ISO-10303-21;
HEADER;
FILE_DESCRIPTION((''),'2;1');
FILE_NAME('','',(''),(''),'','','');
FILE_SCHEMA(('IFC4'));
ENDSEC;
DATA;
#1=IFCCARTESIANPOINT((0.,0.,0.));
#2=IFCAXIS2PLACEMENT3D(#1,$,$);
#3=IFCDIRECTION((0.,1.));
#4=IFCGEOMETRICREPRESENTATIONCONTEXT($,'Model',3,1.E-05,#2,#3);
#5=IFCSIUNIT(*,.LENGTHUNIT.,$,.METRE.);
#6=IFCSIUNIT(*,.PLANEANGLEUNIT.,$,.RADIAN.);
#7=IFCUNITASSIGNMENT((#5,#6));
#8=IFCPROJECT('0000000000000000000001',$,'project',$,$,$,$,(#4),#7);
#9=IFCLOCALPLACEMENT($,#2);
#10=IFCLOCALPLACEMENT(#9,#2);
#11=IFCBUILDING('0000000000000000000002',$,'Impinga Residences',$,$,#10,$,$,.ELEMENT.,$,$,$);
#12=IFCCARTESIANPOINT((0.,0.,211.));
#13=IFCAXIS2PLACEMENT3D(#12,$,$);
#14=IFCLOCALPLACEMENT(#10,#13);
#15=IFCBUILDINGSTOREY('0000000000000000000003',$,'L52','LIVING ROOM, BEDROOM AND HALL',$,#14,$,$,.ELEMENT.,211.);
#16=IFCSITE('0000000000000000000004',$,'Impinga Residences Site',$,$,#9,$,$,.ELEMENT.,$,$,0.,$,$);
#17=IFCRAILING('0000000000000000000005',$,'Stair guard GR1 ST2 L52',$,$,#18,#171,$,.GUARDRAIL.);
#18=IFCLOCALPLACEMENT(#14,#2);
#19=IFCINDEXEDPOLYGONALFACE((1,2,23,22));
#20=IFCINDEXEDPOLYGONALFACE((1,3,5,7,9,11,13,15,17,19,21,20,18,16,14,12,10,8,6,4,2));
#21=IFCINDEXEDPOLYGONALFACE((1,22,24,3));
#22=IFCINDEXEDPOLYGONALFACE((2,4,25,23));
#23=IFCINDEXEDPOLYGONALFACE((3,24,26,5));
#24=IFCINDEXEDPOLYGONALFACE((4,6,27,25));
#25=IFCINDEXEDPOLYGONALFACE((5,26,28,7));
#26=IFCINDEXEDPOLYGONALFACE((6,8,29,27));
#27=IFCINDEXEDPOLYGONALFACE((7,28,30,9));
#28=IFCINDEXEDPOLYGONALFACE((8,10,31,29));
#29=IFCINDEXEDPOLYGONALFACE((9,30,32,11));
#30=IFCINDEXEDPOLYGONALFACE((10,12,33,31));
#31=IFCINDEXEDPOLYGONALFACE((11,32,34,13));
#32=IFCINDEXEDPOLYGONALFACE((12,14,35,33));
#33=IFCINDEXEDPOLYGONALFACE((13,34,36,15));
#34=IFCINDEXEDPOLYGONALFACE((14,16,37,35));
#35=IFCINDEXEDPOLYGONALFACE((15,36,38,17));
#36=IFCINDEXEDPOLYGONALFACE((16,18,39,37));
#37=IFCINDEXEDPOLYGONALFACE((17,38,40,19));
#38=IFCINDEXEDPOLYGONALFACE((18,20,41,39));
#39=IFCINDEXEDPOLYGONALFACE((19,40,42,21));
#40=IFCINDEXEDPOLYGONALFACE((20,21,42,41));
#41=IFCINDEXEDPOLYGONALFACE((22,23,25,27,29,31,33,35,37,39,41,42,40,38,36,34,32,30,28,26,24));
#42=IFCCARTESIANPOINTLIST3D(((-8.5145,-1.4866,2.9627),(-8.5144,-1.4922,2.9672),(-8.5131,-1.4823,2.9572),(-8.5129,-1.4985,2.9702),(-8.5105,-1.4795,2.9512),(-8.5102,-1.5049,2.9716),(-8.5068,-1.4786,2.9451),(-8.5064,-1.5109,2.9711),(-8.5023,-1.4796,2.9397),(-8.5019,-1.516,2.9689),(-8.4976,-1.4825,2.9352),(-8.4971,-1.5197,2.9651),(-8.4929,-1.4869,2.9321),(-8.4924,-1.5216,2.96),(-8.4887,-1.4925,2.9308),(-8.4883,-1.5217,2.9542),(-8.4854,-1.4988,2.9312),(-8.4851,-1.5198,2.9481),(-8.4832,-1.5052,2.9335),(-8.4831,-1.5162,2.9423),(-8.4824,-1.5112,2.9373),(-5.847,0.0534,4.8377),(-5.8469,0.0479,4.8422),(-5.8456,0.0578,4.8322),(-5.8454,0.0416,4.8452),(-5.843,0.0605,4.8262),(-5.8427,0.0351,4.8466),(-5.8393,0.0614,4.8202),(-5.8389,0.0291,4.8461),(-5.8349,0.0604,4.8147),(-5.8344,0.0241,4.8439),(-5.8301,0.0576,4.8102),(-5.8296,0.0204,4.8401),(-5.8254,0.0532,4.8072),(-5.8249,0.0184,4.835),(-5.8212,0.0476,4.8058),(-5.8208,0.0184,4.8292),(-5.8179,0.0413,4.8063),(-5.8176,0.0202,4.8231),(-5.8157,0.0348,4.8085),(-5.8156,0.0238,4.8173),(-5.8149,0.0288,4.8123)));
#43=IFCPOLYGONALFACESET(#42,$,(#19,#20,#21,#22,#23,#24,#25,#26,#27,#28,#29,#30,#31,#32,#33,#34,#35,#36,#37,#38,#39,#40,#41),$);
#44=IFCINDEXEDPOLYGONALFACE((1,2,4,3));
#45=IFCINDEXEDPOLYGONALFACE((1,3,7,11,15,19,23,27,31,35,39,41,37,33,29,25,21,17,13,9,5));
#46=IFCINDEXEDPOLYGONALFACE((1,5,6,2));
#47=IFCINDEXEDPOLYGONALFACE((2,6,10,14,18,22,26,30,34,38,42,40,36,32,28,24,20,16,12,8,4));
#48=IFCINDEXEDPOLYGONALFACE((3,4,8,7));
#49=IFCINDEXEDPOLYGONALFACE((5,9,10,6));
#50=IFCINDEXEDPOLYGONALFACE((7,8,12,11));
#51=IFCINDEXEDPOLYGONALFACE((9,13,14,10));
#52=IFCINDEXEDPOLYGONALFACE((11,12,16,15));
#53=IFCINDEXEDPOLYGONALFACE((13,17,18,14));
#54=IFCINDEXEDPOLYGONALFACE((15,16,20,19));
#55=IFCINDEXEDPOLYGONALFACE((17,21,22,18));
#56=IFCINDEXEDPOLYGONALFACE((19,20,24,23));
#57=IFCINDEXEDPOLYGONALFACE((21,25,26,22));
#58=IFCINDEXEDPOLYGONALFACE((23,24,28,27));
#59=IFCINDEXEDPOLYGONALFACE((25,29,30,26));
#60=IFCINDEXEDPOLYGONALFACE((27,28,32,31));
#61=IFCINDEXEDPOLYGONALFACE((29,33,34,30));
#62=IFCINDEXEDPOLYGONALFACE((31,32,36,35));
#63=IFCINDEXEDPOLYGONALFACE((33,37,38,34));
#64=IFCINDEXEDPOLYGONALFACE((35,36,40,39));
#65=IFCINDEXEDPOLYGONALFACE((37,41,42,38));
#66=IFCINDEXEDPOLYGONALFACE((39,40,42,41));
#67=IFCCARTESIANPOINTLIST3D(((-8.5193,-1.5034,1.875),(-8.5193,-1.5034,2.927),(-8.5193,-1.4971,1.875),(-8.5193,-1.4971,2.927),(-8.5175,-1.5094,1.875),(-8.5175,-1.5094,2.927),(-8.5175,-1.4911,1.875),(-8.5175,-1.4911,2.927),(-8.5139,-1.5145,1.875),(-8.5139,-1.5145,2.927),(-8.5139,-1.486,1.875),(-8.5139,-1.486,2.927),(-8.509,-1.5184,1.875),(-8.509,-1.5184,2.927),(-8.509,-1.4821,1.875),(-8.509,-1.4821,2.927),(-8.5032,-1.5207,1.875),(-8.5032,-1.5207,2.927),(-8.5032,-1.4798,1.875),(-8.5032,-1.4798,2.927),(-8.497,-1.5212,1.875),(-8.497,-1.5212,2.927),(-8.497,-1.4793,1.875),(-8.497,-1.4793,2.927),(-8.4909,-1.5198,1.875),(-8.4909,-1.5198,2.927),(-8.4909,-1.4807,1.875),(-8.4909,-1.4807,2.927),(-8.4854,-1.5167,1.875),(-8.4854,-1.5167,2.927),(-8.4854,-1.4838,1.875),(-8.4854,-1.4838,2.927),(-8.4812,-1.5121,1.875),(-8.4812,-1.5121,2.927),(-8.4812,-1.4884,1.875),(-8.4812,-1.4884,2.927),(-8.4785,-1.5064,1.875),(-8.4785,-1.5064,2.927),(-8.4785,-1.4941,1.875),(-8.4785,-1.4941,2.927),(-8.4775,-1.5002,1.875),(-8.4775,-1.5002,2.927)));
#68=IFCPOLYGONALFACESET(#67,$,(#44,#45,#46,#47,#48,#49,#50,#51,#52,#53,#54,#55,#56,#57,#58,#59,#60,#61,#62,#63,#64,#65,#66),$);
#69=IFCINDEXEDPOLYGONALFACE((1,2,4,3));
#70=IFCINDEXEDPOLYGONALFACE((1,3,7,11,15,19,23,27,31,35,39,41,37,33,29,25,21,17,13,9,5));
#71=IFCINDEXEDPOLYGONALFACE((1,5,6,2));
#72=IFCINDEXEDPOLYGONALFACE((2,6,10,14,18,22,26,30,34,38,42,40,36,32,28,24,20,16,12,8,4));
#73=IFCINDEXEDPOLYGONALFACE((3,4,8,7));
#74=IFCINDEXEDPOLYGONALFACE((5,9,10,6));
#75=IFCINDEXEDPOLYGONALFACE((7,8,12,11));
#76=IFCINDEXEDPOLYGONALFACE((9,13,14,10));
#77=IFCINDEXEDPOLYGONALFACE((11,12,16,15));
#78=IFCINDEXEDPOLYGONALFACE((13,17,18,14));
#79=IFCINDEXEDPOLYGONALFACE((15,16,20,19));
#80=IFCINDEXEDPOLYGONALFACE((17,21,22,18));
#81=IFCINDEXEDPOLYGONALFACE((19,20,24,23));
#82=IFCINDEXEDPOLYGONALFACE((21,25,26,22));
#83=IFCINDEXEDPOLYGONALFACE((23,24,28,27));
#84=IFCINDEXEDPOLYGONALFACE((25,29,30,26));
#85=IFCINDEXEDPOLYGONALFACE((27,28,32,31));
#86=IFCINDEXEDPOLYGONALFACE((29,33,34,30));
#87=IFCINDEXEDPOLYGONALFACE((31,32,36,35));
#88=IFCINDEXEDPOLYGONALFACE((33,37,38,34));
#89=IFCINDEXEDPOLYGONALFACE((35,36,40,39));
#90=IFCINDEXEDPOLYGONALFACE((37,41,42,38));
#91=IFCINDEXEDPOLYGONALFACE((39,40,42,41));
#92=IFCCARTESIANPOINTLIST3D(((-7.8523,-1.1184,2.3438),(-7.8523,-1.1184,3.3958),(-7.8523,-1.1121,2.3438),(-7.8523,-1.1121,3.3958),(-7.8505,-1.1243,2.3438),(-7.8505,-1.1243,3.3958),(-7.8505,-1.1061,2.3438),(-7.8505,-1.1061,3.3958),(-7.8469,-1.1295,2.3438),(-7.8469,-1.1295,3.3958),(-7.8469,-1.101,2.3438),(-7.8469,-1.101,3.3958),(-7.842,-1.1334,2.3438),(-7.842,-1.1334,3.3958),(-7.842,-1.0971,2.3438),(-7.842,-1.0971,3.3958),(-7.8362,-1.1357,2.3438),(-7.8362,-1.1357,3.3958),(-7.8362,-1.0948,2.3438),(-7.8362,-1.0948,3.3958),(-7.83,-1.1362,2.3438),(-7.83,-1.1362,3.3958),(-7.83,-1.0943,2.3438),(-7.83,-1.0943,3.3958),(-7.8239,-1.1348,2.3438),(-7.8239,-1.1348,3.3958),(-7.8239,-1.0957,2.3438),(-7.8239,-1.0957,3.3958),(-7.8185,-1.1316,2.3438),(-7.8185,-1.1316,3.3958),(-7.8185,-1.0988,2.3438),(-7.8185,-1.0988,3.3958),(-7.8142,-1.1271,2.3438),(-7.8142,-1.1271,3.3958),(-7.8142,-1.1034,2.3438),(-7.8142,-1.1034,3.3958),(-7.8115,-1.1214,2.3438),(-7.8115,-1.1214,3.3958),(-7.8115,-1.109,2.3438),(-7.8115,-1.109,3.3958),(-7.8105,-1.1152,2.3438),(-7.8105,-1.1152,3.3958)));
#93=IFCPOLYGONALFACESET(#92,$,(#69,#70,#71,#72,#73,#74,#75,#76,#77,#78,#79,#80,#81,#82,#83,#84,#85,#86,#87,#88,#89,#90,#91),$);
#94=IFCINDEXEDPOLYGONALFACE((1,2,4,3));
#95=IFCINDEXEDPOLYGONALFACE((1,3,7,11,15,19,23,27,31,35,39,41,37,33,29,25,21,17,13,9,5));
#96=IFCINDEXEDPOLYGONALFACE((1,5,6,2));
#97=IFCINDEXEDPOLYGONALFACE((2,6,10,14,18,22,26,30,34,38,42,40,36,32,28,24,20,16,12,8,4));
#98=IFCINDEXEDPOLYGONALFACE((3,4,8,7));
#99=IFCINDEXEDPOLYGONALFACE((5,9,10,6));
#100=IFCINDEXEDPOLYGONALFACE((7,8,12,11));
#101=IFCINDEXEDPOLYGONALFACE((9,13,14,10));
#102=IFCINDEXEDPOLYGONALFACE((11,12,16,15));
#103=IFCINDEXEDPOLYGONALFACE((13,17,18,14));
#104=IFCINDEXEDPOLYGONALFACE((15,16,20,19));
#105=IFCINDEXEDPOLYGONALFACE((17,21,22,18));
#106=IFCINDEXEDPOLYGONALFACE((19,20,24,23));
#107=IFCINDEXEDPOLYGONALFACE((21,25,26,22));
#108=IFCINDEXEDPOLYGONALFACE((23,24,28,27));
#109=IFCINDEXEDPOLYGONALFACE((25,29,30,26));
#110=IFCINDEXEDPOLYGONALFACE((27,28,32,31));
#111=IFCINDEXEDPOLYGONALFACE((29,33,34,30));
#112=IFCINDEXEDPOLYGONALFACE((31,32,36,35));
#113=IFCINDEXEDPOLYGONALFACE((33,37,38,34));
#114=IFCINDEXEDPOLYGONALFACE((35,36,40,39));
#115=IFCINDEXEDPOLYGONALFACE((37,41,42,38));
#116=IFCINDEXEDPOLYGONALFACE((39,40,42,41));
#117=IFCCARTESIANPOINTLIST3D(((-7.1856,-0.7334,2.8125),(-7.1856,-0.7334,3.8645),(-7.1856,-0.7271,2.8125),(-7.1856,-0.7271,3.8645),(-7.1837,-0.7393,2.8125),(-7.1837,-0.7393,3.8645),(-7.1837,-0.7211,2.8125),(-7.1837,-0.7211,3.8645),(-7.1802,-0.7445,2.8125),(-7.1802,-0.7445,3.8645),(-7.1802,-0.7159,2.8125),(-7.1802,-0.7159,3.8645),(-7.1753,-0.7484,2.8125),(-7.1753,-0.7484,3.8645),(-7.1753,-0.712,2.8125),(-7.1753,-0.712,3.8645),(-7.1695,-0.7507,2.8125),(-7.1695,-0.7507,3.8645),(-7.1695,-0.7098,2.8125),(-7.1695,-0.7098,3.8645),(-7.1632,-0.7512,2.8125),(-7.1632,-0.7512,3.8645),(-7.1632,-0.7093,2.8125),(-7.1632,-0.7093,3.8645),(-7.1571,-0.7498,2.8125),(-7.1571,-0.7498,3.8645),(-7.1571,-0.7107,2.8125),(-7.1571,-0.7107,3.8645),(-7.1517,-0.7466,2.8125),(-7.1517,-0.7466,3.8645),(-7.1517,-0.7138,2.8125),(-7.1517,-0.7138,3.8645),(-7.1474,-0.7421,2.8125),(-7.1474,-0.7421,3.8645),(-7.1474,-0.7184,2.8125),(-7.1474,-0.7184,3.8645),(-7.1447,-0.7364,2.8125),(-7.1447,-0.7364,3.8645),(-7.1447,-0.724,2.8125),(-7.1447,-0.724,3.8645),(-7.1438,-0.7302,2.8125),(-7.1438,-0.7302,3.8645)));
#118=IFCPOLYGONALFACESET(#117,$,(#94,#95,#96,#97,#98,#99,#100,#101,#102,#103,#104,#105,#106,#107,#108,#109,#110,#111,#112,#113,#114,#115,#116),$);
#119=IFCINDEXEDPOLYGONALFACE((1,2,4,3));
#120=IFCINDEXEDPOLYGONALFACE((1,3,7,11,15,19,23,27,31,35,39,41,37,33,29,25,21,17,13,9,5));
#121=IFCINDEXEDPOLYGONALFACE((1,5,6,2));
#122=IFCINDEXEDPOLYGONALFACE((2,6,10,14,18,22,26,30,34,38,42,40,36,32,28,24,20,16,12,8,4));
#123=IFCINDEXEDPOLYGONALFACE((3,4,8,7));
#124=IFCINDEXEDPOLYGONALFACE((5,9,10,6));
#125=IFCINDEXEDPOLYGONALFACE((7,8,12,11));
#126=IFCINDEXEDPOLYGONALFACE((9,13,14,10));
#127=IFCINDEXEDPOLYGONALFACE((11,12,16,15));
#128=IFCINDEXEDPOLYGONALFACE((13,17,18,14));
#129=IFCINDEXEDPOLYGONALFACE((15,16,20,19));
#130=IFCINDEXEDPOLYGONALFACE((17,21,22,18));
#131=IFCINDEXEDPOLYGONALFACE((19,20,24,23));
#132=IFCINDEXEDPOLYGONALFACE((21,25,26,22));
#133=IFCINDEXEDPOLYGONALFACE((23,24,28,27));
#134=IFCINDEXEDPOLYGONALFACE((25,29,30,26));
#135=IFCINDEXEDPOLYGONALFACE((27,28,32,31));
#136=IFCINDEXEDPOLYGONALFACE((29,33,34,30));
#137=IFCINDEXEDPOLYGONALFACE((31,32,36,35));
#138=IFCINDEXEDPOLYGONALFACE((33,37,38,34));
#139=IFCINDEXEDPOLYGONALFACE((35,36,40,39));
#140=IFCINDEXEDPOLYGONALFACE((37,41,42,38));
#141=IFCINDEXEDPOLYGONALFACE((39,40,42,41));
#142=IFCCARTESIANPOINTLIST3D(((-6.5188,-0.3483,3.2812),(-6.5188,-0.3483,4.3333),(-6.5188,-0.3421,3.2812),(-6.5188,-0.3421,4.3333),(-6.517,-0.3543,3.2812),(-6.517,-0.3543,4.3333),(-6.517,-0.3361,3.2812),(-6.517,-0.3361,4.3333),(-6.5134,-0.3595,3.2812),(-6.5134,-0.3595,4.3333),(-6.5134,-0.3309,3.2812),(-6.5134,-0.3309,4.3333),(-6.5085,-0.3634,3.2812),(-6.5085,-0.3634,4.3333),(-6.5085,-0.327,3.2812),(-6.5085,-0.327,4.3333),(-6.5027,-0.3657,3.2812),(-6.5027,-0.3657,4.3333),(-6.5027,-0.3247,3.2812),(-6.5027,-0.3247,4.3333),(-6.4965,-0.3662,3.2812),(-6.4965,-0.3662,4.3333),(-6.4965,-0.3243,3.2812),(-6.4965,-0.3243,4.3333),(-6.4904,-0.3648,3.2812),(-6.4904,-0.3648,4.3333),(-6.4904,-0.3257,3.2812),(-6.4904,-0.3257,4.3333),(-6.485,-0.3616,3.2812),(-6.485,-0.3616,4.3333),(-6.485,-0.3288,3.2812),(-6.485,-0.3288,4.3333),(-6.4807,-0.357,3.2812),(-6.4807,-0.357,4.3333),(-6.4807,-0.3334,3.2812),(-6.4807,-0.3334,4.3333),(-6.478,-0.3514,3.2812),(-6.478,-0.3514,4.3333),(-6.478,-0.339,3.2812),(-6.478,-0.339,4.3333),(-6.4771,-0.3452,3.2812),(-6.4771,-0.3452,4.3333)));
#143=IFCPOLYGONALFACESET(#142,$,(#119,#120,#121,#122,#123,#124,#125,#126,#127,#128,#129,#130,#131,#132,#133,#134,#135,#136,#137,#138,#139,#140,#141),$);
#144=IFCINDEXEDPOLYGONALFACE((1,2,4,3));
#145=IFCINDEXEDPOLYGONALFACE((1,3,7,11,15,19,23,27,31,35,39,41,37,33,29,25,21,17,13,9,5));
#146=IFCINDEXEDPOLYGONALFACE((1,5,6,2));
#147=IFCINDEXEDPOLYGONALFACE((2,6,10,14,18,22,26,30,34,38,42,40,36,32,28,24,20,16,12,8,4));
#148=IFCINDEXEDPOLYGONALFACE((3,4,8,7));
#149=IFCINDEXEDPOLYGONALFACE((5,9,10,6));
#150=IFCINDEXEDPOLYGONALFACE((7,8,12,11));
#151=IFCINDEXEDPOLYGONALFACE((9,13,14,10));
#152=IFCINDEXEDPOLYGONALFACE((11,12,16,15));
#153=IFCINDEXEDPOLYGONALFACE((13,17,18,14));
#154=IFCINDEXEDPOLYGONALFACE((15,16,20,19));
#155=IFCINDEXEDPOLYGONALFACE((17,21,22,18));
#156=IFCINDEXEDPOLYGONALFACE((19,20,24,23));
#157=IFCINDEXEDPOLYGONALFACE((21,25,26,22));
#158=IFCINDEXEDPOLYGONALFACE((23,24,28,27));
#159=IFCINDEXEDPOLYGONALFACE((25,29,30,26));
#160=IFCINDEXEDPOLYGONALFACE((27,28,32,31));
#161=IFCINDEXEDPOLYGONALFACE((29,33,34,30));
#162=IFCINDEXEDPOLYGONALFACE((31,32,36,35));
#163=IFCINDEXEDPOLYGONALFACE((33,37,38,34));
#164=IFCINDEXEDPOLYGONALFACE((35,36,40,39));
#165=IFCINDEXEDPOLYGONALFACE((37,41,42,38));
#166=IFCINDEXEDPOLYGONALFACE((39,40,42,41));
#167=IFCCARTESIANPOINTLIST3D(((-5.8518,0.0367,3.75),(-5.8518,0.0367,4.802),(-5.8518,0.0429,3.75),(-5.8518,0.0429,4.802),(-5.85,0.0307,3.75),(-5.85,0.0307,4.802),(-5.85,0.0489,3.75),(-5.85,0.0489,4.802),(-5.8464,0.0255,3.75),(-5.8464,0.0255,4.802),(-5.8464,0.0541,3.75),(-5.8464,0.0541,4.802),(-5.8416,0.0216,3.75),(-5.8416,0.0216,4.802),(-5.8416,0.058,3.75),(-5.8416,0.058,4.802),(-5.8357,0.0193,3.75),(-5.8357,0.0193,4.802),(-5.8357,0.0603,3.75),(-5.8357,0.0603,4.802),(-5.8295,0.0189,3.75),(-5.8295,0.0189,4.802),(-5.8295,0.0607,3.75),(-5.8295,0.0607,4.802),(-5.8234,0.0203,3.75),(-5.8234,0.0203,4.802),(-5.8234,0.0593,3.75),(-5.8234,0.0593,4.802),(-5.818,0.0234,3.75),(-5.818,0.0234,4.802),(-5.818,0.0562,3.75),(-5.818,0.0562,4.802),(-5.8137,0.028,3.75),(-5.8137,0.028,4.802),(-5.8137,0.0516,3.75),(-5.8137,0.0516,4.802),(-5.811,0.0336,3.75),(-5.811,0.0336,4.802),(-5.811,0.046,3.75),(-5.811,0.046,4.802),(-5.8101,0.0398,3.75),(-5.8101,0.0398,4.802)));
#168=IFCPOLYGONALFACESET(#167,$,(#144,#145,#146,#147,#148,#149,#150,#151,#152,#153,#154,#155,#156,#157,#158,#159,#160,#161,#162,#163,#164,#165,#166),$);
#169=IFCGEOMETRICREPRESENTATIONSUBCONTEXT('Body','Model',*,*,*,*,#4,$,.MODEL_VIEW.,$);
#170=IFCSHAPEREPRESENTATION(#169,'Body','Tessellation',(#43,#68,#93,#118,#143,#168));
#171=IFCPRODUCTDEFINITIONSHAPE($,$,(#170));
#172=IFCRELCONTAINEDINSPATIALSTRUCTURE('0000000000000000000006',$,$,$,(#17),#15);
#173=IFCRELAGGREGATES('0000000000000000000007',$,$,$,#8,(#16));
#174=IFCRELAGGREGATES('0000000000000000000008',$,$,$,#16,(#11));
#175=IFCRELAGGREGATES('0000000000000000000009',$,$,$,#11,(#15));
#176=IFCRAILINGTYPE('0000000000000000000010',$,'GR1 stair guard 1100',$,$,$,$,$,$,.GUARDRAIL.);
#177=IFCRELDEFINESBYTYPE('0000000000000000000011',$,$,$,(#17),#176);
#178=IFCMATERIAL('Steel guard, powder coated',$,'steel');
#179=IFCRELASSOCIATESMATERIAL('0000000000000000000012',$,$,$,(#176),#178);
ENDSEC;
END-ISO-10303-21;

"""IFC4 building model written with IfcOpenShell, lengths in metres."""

from ifc_helpers import new_model, si_unit, direction, frame, origin, origin_2d, place, context, subcontext, project, spatial, circle, extrude, material, type_object, element, save


model = new_model("IFC4")

# Units and contexts
model_context = context("Model", 3, precision=1e-05, world=origin(), true_north=direction((0.0, 1.0)))
body_context = subcontext(model_context, "Body", "Model", "MODEL_VIEW")
ifc_project = project(units=[si_unit("LENGTHUNIT", "METRE"), si_unit("PLANEANGLEUNIT", "RADIAN")], contexts=[model_context])

# Site, building, storey
site_placement = place(None, origin())
site = spatial("IfcSite", under=ifc_project, at=site_placement, Name="Impinga Residences Site", CompositionType="ELEMENT", RefElevation=0.0)
building_placement = place(site_placement, origin())
building = spatial("IfcBuilding", under=site, at=building_placement, Name="Impinga Residences", CompositionType="ELEMENT")
storey_placement = place(building_placement, frame((0.0, 0.0, 211.0)))
storey = spatial("IfcBuildingStorey", under=building, at=storey_placement, Name="L52", Description="LIVING ROOM, BEDROOM AND HALL", CompositionType="ELEMENT", Elevation=211.0)

# Railing
ifc_material_1 = material(Name="Steel guard, powder coated", Category="steel")
railing_type_1 = type_object("IfcRailingType", Name="GR1 stair guard 1100", PredefinedType="GUARDRAIL", material=ifc_material_1)
railing_1_placement = place(storey_placement, frame((-8.4985, -1.5002, 1.875)))
element("IfcRailing", 1, at=railing_1_placement, inside=storey, type_object=railing_type_1, Name="Stair guard GR1 ST2 L52", PredefinedType="GUARDRAIL", context=body_context, shape_type="SweptSolid", body=[
    extrude(circle(Radius=0.0239, at=origin_2d()), frame((0.0, 0.0, 1.0762), z_axis=(0.739746, 0.427084, 0.519975), x_axis=(-0.499992, 0.86603, 0.0)), (0.0, 0.0, 1.0), 3.606),
    extrude(circle(Radius=0.021, at=origin_2d()), origin(), (0.0, 0.0, 1.0), 1.052),
    extrude(circle(Radius=0.021, at=origin_2d()), frame((0.667, 0.385, 0.4688)), (0.0, 0.0, 1.0), 1.052),
    extrude(circle(Radius=0.021, at=origin_2d()), frame((1.3337, 0.77, 0.9375)), (0.0, 0.0, 1.0), 1.052),
    extrude(circle(Radius=0.021, at=origin_2d()), frame((2.0005, 1.155, 1.4062)), (0.0, 0.0, 1.0), 1.052),
    extrude(circle(Radius=0.021, at=origin_2d()), frame((2.6675, 1.54, 1.875)), (0.0, 0.0, 1.0), 1.052),
])

save(model, "model.ifc")
